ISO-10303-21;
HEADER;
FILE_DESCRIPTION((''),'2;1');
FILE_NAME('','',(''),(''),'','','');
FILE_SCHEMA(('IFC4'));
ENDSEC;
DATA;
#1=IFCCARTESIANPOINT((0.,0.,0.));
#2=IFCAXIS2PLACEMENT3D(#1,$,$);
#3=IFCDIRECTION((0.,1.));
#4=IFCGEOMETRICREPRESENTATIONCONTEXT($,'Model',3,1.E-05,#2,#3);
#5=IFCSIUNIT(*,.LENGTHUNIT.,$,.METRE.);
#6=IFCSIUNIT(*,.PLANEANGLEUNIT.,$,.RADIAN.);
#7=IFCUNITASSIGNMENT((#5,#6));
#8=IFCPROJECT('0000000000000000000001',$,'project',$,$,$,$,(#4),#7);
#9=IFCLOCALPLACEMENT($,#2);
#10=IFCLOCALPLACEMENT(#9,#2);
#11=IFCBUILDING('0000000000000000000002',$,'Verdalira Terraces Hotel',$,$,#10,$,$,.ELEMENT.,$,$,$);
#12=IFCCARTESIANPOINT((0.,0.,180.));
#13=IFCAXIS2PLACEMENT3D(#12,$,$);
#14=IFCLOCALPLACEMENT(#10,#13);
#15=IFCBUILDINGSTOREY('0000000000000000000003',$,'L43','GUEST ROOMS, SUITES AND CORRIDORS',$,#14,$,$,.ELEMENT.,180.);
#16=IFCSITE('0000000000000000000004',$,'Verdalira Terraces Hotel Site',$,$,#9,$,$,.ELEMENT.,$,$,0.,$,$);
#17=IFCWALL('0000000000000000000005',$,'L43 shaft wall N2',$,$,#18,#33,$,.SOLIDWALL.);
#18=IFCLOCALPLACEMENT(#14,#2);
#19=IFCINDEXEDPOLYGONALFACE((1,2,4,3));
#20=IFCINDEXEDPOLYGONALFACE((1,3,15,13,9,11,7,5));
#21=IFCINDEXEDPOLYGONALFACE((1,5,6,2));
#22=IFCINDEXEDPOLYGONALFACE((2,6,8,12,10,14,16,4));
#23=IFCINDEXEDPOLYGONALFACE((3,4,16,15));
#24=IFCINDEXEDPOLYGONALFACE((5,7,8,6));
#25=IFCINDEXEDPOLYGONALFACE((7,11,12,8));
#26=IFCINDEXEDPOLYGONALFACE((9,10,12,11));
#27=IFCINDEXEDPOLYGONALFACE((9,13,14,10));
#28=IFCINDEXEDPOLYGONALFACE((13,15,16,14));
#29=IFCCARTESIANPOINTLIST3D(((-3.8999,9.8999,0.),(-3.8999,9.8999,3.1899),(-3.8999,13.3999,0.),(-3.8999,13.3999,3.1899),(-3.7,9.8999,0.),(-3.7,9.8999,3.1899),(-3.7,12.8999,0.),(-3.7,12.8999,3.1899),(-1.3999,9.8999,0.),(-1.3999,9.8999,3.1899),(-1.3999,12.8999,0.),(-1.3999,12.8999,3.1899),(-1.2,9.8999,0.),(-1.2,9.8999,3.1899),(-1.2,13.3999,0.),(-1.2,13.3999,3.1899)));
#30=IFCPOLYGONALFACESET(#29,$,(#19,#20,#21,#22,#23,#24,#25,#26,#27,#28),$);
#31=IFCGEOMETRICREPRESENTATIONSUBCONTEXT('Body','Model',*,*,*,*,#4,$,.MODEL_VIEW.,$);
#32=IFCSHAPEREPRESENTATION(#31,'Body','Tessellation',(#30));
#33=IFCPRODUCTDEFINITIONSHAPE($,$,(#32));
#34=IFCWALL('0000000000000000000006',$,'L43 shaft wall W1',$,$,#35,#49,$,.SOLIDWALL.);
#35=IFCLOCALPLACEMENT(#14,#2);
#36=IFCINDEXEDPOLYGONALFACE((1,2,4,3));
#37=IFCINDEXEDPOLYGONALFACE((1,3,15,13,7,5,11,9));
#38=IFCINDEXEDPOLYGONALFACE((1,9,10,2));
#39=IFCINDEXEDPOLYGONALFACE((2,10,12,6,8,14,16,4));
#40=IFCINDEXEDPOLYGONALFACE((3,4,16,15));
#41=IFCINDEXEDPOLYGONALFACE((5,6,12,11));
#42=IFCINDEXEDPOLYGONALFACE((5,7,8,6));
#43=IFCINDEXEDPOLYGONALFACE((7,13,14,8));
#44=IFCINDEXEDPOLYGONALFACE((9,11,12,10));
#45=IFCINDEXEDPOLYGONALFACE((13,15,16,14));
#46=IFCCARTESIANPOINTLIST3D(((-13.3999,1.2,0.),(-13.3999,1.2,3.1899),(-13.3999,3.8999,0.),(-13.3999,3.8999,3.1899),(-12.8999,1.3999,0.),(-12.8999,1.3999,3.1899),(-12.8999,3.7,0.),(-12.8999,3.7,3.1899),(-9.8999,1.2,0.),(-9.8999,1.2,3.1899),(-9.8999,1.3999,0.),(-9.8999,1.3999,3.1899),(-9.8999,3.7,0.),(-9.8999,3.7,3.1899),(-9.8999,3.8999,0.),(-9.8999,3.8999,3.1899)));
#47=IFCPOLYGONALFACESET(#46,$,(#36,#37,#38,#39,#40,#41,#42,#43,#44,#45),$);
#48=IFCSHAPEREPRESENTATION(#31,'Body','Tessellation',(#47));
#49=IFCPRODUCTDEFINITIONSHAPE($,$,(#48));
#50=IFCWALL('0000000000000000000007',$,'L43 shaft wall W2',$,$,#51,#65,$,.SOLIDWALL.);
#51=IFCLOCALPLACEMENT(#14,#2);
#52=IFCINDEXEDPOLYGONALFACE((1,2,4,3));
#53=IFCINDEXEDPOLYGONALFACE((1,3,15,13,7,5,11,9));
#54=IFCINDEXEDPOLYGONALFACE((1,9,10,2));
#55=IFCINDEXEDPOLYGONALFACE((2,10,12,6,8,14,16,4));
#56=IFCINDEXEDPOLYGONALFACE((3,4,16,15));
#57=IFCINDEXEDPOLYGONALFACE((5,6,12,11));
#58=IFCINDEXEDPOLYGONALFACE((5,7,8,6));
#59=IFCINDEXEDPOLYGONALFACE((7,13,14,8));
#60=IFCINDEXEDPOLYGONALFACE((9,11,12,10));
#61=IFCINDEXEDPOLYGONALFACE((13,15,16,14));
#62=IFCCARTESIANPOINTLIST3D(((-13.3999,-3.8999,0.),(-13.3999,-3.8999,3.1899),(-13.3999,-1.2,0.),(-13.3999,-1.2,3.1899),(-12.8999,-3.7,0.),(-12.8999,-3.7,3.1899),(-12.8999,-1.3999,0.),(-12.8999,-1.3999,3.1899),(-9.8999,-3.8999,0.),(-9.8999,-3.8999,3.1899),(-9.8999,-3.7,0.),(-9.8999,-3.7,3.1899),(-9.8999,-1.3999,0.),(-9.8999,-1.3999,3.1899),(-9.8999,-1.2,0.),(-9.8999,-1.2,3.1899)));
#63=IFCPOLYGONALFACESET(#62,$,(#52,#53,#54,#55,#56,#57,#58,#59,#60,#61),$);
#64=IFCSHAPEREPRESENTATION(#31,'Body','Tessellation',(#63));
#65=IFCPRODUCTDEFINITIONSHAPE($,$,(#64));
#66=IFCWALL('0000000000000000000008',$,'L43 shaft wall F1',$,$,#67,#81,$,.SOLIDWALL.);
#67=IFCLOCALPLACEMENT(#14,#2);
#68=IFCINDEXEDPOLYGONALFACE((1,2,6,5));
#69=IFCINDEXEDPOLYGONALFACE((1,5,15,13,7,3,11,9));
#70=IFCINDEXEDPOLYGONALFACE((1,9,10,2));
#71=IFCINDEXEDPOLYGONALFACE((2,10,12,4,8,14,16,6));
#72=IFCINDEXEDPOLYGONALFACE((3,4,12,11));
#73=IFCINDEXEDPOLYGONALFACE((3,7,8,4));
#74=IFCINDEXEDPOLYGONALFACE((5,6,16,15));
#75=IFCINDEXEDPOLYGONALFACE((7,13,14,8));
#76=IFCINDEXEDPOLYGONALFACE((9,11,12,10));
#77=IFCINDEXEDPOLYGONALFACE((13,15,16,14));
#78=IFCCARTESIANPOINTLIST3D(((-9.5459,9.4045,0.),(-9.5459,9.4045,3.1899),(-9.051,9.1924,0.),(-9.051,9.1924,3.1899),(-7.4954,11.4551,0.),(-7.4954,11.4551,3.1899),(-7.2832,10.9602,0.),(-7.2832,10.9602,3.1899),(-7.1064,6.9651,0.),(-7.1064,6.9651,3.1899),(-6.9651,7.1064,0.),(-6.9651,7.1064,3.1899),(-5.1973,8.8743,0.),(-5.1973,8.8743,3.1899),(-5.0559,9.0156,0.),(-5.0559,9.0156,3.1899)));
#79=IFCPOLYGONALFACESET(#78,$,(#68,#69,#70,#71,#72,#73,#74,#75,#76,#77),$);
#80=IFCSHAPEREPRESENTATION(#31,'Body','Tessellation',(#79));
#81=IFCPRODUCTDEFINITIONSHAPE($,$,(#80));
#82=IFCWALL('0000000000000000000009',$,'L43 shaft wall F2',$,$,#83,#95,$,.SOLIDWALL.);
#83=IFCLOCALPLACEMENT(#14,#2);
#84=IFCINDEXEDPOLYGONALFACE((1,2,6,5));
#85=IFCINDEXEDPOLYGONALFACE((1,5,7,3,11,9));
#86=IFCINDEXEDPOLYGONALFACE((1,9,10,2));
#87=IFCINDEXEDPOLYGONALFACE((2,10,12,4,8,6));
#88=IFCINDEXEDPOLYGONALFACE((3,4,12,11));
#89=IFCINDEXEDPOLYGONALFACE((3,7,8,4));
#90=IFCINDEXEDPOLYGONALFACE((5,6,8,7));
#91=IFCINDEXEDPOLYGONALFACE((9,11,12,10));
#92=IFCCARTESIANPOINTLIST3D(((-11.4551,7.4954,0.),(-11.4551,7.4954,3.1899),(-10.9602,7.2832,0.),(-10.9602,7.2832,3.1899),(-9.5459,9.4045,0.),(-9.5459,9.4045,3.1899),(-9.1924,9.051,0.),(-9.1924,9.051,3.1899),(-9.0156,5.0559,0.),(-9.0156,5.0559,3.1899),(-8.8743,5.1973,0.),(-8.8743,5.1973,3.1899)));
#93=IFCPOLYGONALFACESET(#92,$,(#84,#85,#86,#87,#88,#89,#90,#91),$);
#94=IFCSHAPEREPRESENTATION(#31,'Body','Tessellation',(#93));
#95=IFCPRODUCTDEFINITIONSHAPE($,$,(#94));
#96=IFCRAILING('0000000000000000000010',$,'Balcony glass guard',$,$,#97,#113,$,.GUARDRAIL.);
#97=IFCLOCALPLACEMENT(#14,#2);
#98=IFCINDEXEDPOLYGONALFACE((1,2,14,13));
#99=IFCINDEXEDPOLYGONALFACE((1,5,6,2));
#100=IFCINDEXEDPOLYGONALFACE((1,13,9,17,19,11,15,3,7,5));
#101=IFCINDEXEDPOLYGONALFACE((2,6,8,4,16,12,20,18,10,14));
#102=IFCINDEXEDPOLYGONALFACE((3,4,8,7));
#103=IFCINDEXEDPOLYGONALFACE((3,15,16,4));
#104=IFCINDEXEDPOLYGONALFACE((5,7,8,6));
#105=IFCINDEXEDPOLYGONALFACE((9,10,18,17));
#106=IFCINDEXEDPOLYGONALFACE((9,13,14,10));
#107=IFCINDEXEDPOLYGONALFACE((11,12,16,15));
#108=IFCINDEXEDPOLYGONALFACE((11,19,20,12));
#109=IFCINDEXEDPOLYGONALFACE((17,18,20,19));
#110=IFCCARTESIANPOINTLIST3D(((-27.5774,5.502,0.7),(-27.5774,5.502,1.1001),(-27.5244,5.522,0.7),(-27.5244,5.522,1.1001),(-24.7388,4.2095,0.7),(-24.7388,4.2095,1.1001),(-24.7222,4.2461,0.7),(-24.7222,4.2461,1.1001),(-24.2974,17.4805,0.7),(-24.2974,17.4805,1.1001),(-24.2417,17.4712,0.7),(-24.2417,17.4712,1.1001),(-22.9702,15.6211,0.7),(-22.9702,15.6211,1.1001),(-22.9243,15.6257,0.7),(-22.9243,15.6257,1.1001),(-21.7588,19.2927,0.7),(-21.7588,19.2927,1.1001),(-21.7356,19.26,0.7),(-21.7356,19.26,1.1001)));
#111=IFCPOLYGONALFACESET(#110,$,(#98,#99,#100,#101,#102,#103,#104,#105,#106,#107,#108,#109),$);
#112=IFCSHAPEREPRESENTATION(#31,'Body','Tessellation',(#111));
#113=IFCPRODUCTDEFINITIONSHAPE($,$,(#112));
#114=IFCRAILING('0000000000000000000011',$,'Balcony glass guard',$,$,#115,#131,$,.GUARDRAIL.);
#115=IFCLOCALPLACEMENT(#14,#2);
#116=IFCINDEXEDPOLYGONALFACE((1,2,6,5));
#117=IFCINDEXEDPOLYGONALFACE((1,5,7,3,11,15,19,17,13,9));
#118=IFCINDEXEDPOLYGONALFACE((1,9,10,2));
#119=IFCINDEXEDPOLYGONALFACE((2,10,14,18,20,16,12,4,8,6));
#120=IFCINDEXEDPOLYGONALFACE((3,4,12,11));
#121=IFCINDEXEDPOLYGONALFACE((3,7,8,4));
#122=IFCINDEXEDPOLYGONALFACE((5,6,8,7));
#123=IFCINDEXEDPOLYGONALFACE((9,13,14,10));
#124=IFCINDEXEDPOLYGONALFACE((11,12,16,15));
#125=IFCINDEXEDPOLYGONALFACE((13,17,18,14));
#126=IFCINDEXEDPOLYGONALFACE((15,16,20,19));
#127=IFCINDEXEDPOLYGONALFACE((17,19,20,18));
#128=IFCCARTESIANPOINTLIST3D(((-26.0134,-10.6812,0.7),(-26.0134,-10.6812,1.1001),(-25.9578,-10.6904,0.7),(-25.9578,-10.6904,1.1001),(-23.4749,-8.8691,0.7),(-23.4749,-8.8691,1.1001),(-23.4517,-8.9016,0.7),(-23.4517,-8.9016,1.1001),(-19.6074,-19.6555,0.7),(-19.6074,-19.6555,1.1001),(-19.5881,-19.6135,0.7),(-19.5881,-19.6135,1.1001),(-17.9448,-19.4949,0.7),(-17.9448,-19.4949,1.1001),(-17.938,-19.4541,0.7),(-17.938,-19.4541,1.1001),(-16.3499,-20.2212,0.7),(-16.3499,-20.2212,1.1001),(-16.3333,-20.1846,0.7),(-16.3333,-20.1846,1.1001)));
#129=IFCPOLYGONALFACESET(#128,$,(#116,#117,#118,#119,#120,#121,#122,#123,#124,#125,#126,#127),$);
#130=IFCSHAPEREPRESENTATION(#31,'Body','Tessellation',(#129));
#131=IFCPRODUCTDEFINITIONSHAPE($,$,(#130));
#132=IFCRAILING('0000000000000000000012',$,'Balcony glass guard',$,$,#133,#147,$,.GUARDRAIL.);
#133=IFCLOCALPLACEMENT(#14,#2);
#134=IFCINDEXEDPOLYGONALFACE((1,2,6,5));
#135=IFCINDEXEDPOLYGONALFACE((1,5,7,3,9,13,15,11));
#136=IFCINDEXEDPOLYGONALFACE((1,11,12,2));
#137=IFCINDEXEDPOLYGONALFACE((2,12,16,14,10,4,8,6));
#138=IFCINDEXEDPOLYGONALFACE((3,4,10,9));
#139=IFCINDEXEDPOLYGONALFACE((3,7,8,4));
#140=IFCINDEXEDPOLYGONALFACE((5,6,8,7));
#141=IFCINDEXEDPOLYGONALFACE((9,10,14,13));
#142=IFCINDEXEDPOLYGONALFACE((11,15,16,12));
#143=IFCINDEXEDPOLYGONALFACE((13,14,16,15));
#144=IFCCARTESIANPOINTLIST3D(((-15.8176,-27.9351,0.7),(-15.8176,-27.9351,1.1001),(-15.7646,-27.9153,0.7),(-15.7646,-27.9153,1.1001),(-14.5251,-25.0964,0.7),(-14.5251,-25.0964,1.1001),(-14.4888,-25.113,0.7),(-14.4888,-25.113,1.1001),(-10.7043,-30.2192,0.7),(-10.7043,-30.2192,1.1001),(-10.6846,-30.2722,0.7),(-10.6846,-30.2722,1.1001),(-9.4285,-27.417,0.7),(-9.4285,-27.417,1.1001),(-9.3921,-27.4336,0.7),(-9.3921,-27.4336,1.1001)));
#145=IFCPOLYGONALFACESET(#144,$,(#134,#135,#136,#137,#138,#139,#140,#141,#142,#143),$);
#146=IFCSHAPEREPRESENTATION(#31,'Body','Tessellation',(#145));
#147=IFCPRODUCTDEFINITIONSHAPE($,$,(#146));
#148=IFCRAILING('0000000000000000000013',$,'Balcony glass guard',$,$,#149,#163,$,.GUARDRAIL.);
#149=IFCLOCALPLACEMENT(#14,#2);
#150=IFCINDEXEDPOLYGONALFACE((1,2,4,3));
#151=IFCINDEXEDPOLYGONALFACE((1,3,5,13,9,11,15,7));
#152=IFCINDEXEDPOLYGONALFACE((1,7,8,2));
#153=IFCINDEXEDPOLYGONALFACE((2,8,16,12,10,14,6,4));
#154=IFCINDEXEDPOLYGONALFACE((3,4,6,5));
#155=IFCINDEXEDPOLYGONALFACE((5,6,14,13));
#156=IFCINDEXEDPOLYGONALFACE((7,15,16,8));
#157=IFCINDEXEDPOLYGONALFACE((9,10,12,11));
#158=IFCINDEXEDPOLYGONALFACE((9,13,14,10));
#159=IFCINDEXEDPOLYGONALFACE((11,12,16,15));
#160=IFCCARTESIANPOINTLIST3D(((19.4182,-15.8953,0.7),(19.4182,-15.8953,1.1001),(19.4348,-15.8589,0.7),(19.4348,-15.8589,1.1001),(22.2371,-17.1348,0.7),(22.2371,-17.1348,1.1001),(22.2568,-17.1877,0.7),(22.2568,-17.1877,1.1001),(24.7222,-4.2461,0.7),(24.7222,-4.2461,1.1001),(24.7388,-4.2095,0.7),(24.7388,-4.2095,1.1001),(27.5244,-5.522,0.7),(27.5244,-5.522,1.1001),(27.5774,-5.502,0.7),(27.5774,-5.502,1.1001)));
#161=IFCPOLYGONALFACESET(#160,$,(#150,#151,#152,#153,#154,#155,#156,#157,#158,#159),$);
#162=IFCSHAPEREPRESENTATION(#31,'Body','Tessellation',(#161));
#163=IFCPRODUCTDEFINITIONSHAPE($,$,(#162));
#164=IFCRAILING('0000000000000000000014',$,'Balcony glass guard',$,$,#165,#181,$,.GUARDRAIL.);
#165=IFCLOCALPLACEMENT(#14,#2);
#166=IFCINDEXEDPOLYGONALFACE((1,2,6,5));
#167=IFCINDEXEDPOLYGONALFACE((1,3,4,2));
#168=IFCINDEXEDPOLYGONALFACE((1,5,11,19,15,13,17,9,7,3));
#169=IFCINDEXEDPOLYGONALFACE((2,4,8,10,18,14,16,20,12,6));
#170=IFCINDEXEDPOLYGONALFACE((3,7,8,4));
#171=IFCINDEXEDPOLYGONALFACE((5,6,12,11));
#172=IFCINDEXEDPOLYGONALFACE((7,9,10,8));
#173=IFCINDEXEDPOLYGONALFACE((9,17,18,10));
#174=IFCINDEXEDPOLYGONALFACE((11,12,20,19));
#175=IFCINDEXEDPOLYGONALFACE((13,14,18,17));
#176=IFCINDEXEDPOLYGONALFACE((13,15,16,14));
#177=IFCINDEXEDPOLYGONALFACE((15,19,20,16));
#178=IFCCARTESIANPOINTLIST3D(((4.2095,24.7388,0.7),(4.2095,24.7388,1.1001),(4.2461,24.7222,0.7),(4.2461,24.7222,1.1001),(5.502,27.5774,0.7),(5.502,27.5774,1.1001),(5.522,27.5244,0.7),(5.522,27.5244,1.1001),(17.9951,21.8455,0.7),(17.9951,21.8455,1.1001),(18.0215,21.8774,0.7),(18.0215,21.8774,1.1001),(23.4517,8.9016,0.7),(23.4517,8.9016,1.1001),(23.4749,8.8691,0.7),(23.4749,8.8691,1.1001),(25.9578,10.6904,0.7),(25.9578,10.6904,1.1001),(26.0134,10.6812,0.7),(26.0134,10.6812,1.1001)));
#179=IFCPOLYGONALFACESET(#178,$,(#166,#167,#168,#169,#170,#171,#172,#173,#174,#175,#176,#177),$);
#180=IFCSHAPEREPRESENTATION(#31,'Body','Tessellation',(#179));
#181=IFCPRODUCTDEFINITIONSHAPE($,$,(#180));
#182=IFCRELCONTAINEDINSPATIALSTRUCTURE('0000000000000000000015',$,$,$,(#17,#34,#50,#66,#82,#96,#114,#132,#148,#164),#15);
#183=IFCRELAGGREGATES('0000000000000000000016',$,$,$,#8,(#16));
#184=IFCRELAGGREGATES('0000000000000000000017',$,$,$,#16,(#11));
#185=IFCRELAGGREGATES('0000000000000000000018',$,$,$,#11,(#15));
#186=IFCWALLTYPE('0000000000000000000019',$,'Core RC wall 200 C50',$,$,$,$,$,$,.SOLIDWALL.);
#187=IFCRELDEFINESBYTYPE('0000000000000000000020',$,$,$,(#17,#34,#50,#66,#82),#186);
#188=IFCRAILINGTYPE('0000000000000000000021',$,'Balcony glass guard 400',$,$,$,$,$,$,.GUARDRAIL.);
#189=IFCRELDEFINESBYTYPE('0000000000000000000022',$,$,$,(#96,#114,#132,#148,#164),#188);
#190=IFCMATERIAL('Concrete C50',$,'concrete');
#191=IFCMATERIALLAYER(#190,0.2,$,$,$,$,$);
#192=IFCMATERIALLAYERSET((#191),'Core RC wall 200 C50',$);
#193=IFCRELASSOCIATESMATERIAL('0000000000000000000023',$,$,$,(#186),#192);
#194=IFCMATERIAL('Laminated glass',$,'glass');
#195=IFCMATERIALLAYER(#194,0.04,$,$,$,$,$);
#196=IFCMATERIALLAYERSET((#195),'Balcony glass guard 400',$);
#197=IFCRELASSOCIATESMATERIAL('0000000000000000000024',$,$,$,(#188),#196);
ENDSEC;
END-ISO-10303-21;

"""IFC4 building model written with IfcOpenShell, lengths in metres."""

from ifc_helpers import new_model, si_unit, direction, frame, origin, place, context, subcontext, project, spatial, polyline, outline, extrude, material, layer, layer_set, type_object, element, save


model = new_model("IFC4")

# Units and contexts
model_context = context("Model", 3, precision=1e-05, world=origin(), true_north=direction((0.0, 1.0)))
body_context = subcontext(model_context, "Body", "Model", "MODEL_VIEW")
ifc_project = project(units=[si_unit("LENGTHUNIT", "METRE"), si_unit("PLANEANGLEUNIT", "RADIAN")], contexts=[model_context])

# Site, building, storey
site_placement = place(None, origin())
site = spatial("IfcSite", under=ifc_project, at=site_placement, Name="Verdalira Terraces Hotel Site", CompositionType="ELEMENT", RefElevation=0.0)
building_placement = place(site_placement, origin())
building = spatial("IfcBuilding", under=site, at=building_placement, Name="Verdalira Terraces Hotel", CompositionType="ELEMENT")
storey_placement = place(building_placement, frame((0.0, 0.0, 180.0)))
storey = spatial("IfcBuildingStorey", under=building, at=storey_placement, Name="L43", Description="GUEST ROOMS, SUITES AND CORRIDORS", CompositionType="ELEMENT", Elevation=180.0)

# Walls
ifc_material_1 = material(Name="Concrete C50", Category="concrete")
ifc_layer_1 = layer(ifc_material_1, 0.2)
ifc_layer_set_1 = layer_set([ifc_layer_1], Name="Core RC wall 200 C50")
wall_type_1 = type_object("IfcWallType", Name="Core RC wall 200 C50", PredefinedType="SOLIDWALL", material=ifc_layer_set_1)
wall_1_placement = place(storey_placement, origin())
element("IfcWall", 1, at=wall_1_placement, inside=storey, type_object=wall_type_1, Name="L43 shaft wall N2", PredefinedType="SOLIDWALL", context=body_context, shape_type="SweptSolid", body=[
    extrude(outline(polyline([(-3.8999, 13.3999), (-1.2, 13.3999), (-1.2, 9.8999), (-1.3999, 9.8999), (-1.3999, 12.8999), (-3.7, 12.8999), (-3.7, 9.8999), (-3.8999, 9.8999), (-3.8999, 13.3999)])), origin(), (0.0, 0.0, 1.0), 3.1899),
])
wall_2_placement = place(storey_placement, origin())
element("IfcWall", 2, at=wall_2_placement, inside=storey, type_object=wall_type_1, Name="L43 shaft wall W1", PredefinedType="SOLIDWALL", context=body_context, shape_type="SweptSolid", body=[
    extrude(outline(polyline([(-13.3999, 3.8999), (-9.8999, 3.8999), (-9.8999, 3.7), (-12.8999, 3.7), (-12.8999, 1.3999), (-9.8999, 1.3999), (-9.8999, 1.2), (-13.3999, 1.2), (-13.3999, 3.8999)])), origin(), (0.0, 0.0, 1.0), 3.1899),
])
wall_3_placement = place(storey_placement, origin())
element("IfcWall", 3, at=wall_3_placement, inside=storey, type_object=wall_type_1, Name="L43 shaft wall W2", PredefinedType="SOLIDWALL", context=body_context, shape_type="SweptSolid", body=[
    extrude(outline(polyline([(-13.3999, -3.8999), (-13.3999, -1.2), (-9.8999, -1.2), (-9.8999, -1.3999), (-12.8999, -1.3999), (-12.8999, -3.7), (-9.8999, -3.7), (-9.8999, -3.8999), (-13.3999, -3.8999)])), origin(), (0.0, 0.0, 1.0), 3.1899),
])
wall_4_placement = place(storey_placement, origin())
element("IfcWall", 4, at=wall_4_placement, inside=storey, type_object=wall_type_1, Name="L43 shaft wall F1", PredefinedType="SOLIDWALL", context=body_context, shape_type="SweptSolid", body=[
    extrude(outline(polyline([(-9.5459, 9.4045), (-7.4954, 11.4551), (-5.0559, 9.0156), (-5.1973, 8.8743), (-7.2832, 10.9602), (-9.051, 9.1924), (-6.9651, 7.1064), (-7.1064, 6.9651), (-9.5459, 9.4045)])), origin(), (0.0, 0.0, 1.0), 3.1899),
])
wall_5_placement = place(storey_placement, origin())
element("IfcWall", 5, at=wall_5_placement, inside=storey, type_object=wall_type_1, Name="L43 shaft wall F2", PredefinedType="SOLIDWALL", context=body_context, shape_type="SweptSolid", body=[
    extrude(outline(polyline([(-11.4551, 7.4954), (-9.5459, 9.4045), (-9.1924, 9.051), (-10.9602, 7.2832), (-8.8743, 5.1973), (-9.0156, 5.0559), (-11.4551, 7.4954)])), origin(), (0.0, 0.0, 1.0), 3.1899),
])

# Railings
ifc_material_2 = material(Name="Laminated glass", Category="glass")
ifc_layer_2 = layer(ifc_material_2, 0.04)
ifc_layer_set_2 = layer_set([ifc_layer_2], Name="Balcony glass guard 400")
railing_type = type_object("IfcRailingType", Name="Balcony glass guard 400", PredefinedType="GUARDRAIL", material=ifc_layer_set_2)
railing_1_placement = place(storey_placement, frame((0.0, 0.0, 0.7)))
element("IfcRailing", 6, at=railing_1_placement, inside=storey, type_object=railing_type, Name="Balcony glass guard", PredefinedType="GUARDRAIL", context=body_context, shape_type="SweptSolid", body=[
    extrude(outline(polyline([(-24.2417, 17.4712), (-22.9243, 15.6257), (-27.5244, 5.522), (-24.7222, 4.2461), (-24.7388, 4.2095), (-27.5774, 5.502), (-22.9702, 15.6211), (-24.2974, 17.4805), (-21.7588, 19.2927), (-21.7356, 19.26), (-24.2417, 17.4712)])), origin(), (0.0, 0.0, 1.0), 0.4001),
])
railing_2_placement = place(storey_placement, frame((0.0, 0.0, 0.7)))
element("IfcRailing", 7, at=railing_2_placement, inside=storey, type_object=railing_type, Name="Balcony glass guard", PredefinedType="GUARDRAIL", context=body_context, shape_type="SweptSolid", body=[
    extrude(outline(polyline([(-25.9578, -10.6904), (-19.5881, -19.6135), (-17.938, -19.4541), (-16.3333, -20.1846), (-16.3499, -20.2212), (-17.9448, -19.4949), (-19.6074, -19.6555), (-26.0134, -10.6812), (-23.4749, -8.8691), (-23.4517, -8.9016), (-25.9578, -10.6904)])), origin(), (0.0, 0.0, 1.0), 0.4001),
])
railing_3_placement = place(storey_placement, frame((0.0, 0.0, 0.7)))
element("IfcRailing", 8, at=railing_3_placement, inside=storey, type_object=railing_type, Name="Balcony glass guard", PredefinedType="GUARDRAIL", context=body_context, shape_type="SweptSolid", body=[
    extrude(outline(polyline([(-15.7646, -27.9153), (-10.7043, -30.2192), (-9.4285, -27.417), (-9.3921, -27.4336), (-10.6846, -30.2722), (-15.8176, -27.9351), (-14.5251, -25.0964), (-14.4888, -25.113), (-15.7646, -27.9153)])), origin(), (0.0, 0.0, 1.0), 0.4001),
])
railing_4_placement = place(storey_placement, frame((0.0, 0.0, 0.7)))
element("IfcRailing", 9, at=railing_4_placement, inside=storey, type_object=railing_type, Name="Balcony glass guard", PredefinedType="GUARDRAIL", context=body_context, shape_type="SweptSolid", body=[
    extrude(outline(polyline([(22.2371, -17.1348), (27.5244, -5.522), (24.7222, -4.2461), (24.7388, -4.2095), (27.5774, -5.502), (22.2568, -17.1877), (19.4182, -15.8953), (19.4348, -15.8589), (22.2371, -17.1348)])), origin(), (0.0, 0.0, 1.0), 0.4001),
])
railing_5_placement = place(storey_placement, frame((0.0, 0.0, 0.7)))
element("IfcRailing", 10, at=railing_5_placement, inside=storey, type_object=railing_type, Name="Balcony glass guard", PredefinedType="GUARDRAIL", context=body_context, shape_type="SweptSolid", body=[
    extrude(outline(polyline([(25.9578, 10.6904), (17.9951, 21.8455), (5.522, 27.5244), (4.2461, 24.7222), (4.2095, 24.7388), (5.502, 27.5774), (18.0215, 21.8774), (26.0134, 10.6812), (23.4749, 8.8691), (23.4517, 8.9016), (25.9578, 10.6904)])), origin(), (0.0, 0.0, 1.0), 0.4001),
])

save(model, "model.ifc")
